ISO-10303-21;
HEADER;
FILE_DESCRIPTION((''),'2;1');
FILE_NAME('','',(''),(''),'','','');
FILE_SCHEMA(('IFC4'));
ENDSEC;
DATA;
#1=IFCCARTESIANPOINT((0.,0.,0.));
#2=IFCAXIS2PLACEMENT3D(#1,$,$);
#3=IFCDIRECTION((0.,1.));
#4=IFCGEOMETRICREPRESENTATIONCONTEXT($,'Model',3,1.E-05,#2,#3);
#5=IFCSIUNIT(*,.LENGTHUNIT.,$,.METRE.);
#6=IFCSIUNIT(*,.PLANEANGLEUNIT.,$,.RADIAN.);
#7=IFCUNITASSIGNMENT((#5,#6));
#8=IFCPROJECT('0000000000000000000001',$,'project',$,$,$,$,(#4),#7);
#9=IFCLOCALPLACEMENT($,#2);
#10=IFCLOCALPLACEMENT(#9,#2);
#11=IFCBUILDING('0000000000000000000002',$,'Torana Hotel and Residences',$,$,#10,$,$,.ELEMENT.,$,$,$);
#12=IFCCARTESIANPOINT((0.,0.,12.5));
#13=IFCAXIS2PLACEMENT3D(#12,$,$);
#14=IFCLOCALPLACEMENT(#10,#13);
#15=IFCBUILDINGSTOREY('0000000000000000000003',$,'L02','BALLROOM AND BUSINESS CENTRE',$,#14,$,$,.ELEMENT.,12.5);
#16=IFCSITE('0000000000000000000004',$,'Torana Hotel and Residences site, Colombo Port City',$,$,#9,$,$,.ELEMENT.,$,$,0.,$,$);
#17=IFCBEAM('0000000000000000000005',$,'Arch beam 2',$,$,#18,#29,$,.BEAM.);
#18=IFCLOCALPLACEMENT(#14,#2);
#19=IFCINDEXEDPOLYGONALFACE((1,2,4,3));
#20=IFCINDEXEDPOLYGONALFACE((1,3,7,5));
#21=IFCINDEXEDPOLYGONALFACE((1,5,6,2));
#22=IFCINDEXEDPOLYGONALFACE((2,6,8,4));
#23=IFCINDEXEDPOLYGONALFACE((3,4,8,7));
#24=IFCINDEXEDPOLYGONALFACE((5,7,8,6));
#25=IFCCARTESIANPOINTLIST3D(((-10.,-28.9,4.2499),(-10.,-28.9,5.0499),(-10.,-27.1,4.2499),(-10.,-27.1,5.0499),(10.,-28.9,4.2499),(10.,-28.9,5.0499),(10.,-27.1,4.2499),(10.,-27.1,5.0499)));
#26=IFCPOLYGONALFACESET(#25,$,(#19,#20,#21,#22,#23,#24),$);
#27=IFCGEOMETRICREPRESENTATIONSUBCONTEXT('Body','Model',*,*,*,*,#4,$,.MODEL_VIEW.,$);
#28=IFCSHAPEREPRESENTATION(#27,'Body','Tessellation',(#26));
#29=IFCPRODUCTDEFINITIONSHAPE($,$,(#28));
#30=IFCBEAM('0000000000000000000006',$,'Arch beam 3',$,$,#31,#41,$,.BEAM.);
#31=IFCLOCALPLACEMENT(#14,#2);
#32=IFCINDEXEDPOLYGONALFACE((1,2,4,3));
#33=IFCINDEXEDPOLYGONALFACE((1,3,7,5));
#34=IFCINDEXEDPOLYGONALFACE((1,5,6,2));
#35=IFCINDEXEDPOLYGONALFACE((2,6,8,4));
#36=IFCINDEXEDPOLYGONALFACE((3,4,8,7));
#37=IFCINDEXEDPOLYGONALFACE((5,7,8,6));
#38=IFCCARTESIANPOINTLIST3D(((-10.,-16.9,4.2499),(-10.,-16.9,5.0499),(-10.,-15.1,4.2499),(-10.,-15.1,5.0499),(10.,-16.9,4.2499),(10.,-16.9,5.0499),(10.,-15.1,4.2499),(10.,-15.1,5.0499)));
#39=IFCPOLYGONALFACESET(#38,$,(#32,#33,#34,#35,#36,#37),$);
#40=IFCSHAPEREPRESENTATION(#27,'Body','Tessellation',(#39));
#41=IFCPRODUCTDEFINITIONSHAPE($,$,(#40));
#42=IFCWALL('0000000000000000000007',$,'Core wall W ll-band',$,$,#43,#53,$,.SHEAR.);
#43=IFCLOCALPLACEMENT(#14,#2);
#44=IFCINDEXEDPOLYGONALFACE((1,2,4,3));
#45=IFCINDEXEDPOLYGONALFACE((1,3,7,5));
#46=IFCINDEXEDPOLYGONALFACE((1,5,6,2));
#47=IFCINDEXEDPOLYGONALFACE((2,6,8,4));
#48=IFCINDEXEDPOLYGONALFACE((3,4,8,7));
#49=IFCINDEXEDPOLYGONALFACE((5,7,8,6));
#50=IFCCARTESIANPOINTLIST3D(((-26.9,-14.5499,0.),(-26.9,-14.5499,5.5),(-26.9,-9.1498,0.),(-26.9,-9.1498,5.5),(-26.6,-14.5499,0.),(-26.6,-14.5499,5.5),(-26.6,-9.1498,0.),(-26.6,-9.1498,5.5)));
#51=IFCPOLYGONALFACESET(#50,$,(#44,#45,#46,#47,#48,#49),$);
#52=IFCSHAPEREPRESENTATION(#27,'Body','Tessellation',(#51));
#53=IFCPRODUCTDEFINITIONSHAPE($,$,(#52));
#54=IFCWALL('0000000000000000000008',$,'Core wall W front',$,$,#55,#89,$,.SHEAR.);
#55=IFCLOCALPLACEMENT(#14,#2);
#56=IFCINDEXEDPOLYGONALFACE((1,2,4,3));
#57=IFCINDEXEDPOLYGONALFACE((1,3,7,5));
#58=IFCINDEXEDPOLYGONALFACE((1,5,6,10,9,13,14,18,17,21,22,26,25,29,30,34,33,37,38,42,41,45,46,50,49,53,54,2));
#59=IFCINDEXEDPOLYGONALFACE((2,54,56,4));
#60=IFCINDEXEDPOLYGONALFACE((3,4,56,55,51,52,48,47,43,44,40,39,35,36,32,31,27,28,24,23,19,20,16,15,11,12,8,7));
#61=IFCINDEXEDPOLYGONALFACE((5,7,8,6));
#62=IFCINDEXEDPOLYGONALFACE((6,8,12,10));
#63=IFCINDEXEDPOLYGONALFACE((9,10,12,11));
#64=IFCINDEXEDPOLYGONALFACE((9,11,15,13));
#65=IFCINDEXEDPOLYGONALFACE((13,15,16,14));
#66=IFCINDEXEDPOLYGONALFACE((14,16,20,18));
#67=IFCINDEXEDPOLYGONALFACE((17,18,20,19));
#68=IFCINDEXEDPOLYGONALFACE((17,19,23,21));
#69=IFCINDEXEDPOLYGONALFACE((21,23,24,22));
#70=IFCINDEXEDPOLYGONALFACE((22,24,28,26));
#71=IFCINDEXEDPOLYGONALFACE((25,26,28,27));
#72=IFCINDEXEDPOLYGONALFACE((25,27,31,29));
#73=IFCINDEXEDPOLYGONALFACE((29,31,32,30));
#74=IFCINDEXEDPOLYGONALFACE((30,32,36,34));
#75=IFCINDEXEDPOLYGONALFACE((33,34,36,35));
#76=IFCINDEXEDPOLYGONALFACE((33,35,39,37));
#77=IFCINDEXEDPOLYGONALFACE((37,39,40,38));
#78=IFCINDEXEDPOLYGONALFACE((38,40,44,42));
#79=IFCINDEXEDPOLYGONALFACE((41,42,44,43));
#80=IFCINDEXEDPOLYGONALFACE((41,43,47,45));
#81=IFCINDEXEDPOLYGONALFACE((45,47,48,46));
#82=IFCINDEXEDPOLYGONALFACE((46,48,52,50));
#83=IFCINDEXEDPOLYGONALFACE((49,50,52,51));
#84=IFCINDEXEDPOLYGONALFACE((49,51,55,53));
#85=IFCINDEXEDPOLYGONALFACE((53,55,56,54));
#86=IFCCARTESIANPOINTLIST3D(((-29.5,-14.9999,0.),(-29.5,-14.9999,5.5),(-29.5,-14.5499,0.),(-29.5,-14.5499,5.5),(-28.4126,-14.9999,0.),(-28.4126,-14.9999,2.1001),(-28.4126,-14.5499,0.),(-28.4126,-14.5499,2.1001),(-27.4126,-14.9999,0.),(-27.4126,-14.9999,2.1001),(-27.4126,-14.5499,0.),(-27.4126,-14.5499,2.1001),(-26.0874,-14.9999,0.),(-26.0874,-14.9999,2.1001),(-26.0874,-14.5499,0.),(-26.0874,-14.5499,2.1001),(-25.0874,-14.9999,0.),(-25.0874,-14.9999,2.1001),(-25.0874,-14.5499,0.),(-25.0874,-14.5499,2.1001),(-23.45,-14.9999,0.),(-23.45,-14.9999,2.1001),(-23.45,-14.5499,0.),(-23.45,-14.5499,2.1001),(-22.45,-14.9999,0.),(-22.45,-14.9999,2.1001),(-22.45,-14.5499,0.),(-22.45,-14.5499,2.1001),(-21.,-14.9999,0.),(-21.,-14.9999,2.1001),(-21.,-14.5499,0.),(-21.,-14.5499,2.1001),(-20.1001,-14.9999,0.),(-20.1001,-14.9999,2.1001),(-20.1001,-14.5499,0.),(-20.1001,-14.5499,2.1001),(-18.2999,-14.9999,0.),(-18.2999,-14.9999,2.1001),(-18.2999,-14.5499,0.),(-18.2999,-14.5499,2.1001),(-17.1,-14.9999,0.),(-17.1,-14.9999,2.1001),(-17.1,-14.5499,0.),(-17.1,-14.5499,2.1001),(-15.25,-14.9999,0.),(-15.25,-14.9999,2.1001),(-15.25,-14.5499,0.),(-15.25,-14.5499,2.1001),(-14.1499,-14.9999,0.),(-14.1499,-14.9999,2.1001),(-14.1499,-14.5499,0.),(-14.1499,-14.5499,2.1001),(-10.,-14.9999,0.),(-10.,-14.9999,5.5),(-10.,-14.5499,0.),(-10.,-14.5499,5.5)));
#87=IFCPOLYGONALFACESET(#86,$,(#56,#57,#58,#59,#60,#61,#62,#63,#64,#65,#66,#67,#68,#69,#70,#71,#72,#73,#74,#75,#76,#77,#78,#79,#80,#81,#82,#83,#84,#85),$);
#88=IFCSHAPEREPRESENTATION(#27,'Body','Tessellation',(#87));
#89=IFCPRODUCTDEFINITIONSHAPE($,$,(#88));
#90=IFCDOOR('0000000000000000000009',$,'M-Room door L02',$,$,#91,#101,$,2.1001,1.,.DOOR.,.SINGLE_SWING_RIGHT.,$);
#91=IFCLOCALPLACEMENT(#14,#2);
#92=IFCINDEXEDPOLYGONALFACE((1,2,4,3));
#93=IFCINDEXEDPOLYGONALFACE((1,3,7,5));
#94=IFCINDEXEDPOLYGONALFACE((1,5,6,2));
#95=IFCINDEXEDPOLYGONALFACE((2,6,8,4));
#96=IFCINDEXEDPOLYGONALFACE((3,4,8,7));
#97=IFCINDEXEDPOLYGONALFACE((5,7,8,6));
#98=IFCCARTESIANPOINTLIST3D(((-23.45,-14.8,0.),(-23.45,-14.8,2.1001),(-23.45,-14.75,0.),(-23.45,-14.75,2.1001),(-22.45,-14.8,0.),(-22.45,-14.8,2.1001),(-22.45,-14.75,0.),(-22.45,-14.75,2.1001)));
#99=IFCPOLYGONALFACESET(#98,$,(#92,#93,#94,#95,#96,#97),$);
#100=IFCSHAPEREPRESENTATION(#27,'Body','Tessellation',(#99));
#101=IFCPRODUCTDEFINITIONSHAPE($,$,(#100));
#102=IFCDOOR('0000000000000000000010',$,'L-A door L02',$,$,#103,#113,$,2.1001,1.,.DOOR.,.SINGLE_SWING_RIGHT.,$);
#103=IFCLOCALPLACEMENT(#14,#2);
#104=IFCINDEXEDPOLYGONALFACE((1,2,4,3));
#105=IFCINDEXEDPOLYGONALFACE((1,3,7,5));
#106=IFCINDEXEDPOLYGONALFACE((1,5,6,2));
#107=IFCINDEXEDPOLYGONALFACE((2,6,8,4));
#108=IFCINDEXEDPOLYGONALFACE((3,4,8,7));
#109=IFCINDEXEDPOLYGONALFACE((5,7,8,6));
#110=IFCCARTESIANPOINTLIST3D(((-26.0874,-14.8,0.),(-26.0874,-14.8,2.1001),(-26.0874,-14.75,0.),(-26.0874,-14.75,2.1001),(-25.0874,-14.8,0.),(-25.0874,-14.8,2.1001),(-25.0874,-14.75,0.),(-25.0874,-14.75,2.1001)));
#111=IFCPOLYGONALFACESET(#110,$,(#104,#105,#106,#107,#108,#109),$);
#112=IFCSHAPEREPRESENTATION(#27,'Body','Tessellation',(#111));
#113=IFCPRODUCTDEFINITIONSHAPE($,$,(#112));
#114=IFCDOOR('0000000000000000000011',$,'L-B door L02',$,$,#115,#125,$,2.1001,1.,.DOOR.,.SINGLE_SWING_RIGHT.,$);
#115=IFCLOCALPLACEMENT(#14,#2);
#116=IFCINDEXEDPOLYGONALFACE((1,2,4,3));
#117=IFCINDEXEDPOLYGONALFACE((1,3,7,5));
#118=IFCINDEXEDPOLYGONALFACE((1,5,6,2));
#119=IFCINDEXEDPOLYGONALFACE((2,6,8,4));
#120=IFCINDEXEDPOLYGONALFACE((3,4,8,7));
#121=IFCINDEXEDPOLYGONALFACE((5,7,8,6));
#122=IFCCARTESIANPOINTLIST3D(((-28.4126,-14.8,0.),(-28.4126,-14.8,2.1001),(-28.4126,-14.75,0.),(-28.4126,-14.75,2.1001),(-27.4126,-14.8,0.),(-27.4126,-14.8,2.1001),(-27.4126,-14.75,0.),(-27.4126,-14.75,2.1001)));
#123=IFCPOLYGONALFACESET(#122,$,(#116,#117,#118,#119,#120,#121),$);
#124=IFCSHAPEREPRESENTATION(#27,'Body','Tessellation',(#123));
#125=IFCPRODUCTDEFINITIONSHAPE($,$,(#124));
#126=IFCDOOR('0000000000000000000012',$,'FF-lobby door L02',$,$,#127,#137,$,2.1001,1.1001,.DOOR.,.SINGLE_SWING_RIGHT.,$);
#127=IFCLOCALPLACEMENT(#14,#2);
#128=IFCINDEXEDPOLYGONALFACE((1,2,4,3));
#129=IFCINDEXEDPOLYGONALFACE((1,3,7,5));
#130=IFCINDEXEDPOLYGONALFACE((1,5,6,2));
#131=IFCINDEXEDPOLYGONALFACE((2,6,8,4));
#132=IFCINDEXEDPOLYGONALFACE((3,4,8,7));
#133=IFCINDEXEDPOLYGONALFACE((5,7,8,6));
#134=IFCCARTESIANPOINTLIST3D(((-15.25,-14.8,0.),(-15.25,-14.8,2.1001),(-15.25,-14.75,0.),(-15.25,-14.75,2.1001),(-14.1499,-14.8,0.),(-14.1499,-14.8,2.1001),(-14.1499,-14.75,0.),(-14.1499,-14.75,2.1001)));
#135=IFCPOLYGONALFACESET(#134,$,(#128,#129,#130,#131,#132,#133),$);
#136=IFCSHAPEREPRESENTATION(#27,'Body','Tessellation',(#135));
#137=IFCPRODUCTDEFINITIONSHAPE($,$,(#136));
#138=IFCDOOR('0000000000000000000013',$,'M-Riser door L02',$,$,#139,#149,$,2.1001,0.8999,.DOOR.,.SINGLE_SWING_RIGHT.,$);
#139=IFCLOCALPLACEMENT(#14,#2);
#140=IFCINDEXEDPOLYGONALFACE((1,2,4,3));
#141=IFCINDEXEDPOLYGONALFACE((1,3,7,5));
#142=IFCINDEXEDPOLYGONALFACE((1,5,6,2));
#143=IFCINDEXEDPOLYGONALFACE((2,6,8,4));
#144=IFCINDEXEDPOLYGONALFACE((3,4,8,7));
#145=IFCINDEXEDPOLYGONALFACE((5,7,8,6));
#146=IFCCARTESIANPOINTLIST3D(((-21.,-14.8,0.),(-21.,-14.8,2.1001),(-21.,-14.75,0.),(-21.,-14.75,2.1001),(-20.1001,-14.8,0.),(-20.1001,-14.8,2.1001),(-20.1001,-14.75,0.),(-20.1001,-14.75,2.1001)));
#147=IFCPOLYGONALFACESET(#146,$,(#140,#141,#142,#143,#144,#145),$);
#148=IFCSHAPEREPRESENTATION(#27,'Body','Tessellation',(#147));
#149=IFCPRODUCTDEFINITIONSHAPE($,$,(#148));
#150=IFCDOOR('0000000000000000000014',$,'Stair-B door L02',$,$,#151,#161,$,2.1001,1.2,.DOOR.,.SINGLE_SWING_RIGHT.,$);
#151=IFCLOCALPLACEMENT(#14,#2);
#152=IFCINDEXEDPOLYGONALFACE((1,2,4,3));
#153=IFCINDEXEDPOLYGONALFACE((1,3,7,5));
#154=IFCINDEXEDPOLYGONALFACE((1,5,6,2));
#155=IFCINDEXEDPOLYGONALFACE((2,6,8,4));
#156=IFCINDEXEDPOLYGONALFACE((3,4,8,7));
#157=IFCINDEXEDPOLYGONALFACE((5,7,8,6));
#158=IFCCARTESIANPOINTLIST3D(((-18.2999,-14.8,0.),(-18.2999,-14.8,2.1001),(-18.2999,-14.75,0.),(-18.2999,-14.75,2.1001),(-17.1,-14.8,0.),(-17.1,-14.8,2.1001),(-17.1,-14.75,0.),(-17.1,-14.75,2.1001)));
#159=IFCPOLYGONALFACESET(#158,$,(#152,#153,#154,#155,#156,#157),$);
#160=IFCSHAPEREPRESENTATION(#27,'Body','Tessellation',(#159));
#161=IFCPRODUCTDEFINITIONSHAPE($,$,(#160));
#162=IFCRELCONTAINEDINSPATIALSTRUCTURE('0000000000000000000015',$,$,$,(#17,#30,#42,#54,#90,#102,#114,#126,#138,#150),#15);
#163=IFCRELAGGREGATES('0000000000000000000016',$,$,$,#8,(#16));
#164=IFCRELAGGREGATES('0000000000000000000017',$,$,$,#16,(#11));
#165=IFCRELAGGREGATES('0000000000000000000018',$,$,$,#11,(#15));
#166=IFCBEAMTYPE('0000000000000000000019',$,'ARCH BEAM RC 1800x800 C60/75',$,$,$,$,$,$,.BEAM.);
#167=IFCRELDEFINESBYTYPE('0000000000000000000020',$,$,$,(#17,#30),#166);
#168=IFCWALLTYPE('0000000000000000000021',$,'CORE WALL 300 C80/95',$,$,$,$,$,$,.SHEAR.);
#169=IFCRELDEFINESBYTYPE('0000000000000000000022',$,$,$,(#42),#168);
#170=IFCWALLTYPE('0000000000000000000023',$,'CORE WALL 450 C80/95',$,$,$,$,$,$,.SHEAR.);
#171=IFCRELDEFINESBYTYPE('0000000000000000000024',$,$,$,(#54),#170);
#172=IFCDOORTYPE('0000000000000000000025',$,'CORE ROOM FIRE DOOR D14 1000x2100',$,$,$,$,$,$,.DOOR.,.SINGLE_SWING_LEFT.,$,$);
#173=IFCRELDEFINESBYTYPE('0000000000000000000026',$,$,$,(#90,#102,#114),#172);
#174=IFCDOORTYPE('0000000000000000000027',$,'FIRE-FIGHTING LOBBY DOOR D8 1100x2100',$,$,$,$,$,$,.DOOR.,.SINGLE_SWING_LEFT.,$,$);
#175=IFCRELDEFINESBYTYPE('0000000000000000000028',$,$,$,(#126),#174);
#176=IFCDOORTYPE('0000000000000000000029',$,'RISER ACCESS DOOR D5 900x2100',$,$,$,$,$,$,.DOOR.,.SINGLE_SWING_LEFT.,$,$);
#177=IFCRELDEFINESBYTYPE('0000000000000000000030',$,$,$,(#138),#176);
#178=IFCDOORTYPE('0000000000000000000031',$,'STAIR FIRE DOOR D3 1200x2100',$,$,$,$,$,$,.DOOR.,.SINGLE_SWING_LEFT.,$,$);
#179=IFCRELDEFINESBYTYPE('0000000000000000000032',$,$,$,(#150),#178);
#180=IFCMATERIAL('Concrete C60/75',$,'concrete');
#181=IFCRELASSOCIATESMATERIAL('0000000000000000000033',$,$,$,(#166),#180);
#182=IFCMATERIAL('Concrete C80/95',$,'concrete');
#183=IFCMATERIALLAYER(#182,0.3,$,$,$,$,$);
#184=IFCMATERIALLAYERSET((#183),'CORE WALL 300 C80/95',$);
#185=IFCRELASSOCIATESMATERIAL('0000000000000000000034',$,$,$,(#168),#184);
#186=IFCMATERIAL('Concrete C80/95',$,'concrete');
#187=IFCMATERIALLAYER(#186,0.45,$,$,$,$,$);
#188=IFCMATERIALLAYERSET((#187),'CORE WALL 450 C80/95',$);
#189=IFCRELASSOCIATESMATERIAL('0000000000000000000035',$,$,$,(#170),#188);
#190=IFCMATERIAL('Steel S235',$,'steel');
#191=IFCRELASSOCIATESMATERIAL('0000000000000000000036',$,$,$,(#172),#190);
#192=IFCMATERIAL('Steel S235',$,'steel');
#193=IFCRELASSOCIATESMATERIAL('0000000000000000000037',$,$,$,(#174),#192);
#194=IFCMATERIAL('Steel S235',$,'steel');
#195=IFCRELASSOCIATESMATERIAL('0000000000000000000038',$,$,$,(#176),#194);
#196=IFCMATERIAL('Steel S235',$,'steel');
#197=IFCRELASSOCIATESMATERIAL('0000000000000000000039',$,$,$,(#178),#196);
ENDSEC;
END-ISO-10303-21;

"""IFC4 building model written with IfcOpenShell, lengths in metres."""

from ifc_helpers import new_model, si_unit, direction, frame, frame_2d, origin, origin_2d, place, context, subcontext, project, spatial, rectangle, extrude, material, layer, layer_set, material_profile, profile_set, type_object, element, fill, save


model = new_model("IFC4")

# Units and contexts
model_context = context("Model", 3, precision=1e-05, world=origin(), true_north=direction((0.0, 1.0)))
body_context = subcontext(model_context, "Body", "Model", "MODEL_VIEW")
ifc_project = project(units=[si_unit("LENGTHUNIT", "METRE"), si_unit("PLANEANGLEUNIT", "RADIAN")], contexts=[model_context])

# Site, building, storey
site_placement = place(None, origin())
site = spatial("IfcSite", under=ifc_project, at=site_placement, Name="Torana Hotel and Residences site, Colombo Port City", CompositionType="ELEMENT", RefElevation=0.0)
building_placement = place(site_placement, origin())
building = spatial("IfcBuilding", under=site, at=building_placement, Name="Torana Hotel and Residences", CompositionType="ELEMENT")
storey_placement = place(building_placement, frame((0.0, 0.0, 12.5)))
storey = spatial("IfcBuildingStorey", under=building, at=storey_placement, Name="L02", Description="BALLROOM AND BUSINESS CENTRE", CompositionType="ELEMENT", Elevation=12.5)

# Beams
ifc_material_1 = material(Name="Concrete C60/75", Category="concrete")
ifc_material_profile_1 = material_profile(ifc_material_1, rectangle(XDim=1.8, YDim=0.8, at=origin_2d()), Name="RC 1800x800")
ifc_profile_set_1 = profile_set([ifc_material_profile_1], Name="Concrete C60/75")
beam_type = type_object("IfcBeamType", Name="ARCH BEAM RC 1800x800 C60/75", PredefinedType="BEAM", material=ifc_profile_set_1)
for number, where, z_axis, x_axis, name in (
    (1, (-10.0, -28.0, 4.6499), (1.0, 0.0, 0.0), (0.0, 1.0, 0.0), "Arch beam 2"),
    (2, (-10.0, -16.0, 4.6499), (1.0, 0.0, 0.0), (0.0, 1.0, 0.0), "Arch beam 3"),
):
    element("IfcBeam", number, at=place(storey_placement, frame(where, z_axis=z_axis, x_axis=x_axis)), inside=storey, type_object=beam_type, Name=name, PredefinedType="BEAM", context=body_context, shape_type="SweptSolid", body=[
        extrude(rectangle(XDim=1.8, YDim=0.8, at=origin_2d()), origin(), (0.0, 0.0, 1.0), 20.0),
    ])

# Wall
ifc_material_2 = material(Name="Concrete C80/95", Category="concrete")
ifc_layer_1 = layer(ifc_material_2, 0.3)
ifc_layer_set_1 = layer_set([ifc_layer_1], Name="CORE WALL 300 C80/95")
wall_type_1 = type_object("IfcWallType", Name="CORE WALL 300 C80/95", PredefinedType="SHEAR", material=ifc_layer_set_1)
wall_1_placement = place(storey_placement, frame((-26.75, -14.55, 0.0), z_axis=(0.0, 0.0, 1.0), x_axis=(0.0, 1.0, 0.0)))
element("IfcWall", 3, at=wall_1_placement, inside=storey, type_object=wall_type_1, Name="Core wall W ll-band", PredefinedType="SHEAR", context=body_context, shape_type="SweptSolid", body=[
    extrude(rectangle(XDim=5.4001, YDim=0.3, at=frame_2d((2.7002, 0.0))), origin(), (0.0, 0.0, 1.0), 5.5),
])

# Wall, openings, doors
ifc_material_3 = material(Name="Concrete C80/95", Category="concrete")
ifc_layer_2 = layer(ifc_material_3, 0.45)
ifc_layer_set_2 = layer_set([ifc_layer_2], Name="CORE WALL 450 C80/95")
wall_type_2 = type_object("IfcWallType", Name="CORE WALL 450 C80/95", PredefinedType="SHEAR", material=ifc_layer_set_2)
wall_2_placement = place(storey_placement, frame((-29.5, -14.7749, 0.0), z_axis=(0.0, 0.0, 1.0), x_axis=(1.0, 0.0, 0.0)))
wall_2 = element("IfcWall", 4, at=wall_2_placement, inside=storey, type_object=wall_type_2, Name="Core wall W front", PredefinedType="SHEAR", context=body_context, shape_type="SweptSolid", body=[
    extrude(rectangle(XDim=19.5, YDim=0.45, at=frame_2d((9.75, 0.0))), origin(), (0.0, 0.0, 1.0), 5.5),
])
opening_1_placement = place(wall_2_placement, frame((11.2, 0.0, 0.0)))
opening_1 = element("IfcOpeningElement", 5, at=opening_1_placement, cuts=wall_2, PredefinedType="OPENING", context=body_context, shape_type="SweptSolid", body=[
    extrude(rectangle(XDim=1.2, YDim=2.1001, at=frame_2d((0.6001, 1.05))), frame((0.0, 0.2349, 0.0), z_axis=(0.0, -1.0, 0.0), x_axis=(1.0, 0.0, 0.0)), (0.0, 0.0, 1.0), 0.47),
])
opening_2_placement = place(wall_2_placement, frame((14.25, 0.0, 0.0)))
opening_2 = element("IfcOpeningElement", 6, at=opening_2_placement, cuts=wall_2, PredefinedType="OPENING", context=body_context, shape_type="SweptSolid", body=[
    extrude(rectangle(XDim=1.1001, YDim=2.1001, at=frame_2d((0.55, 1.05))), frame((0.0, 0.2349, 0.0), z_axis=(0.0, -1.0, 0.0), x_axis=(1.0, 0.0, 0.0)), (0.0, 0.0, 1.0), 0.47),
])
opening_3_placement = place(wall_2_placement, frame((8.5, 0.0, 0.0)))
opening_3 = element("IfcOpeningElement", 7, at=opening_3_placement, cuts=wall_2, PredefinedType="OPENING", context=body_context, shape_type="SweptSolid", body=[
    extrude(rectangle(XDim=0.8999, YDim=2.1001, at=frame_2d((0.45, 1.05))), frame((0.0, 0.2349, 0.0), z_axis=(0.0, -1.0, 0.0), x_axis=(1.0, 0.0, 0.0)), (0.0, 0.0, 1.0), 0.47),
])
opening_4_placement = place(wall_2_placement, frame((6.05, 0.0, 0.0)))
opening_4 = element("IfcOpeningElement", 8, at=opening_4_placement, cuts=wall_2, PredefinedType="OPENING", context=body_context, shape_type="SweptSolid", body=[
    extrude(rectangle(XDim=1.0, YDim=2.1001, at=frame_2d((0.5, 1.05))), frame((0.0, 0.2349, 0.0), z_axis=(0.0, -1.0, 0.0), x_axis=(1.0, 0.0, 0.0)), (0.0, 0.0, 1.0), 0.47),
])
opening_5_placement = place(wall_2_placement, frame((3.4126, 0.0, 0.0)))
opening_5 = element("IfcOpeningElement", 9, at=opening_5_placement, cuts=wall_2, PredefinedType="OPENING", context=body_context, shape_type="SweptSolid", body=[
    extrude(rectangle(XDim=1.0, YDim=2.1001, at=frame_2d((0.5, 1.05))), frame((0.0, 0.2349, 0.0), z_axis=(0.0, -1.0, 0.0), x_axis=(1.0, 0.0, 0.0)), (0.0, 0.0, 1.0), 0.47),
])
opening_6_placement = place(wall_2_placement, frame((1.0874, 0.0, 0.0)))
opening_6 = element("IfcOpeningElement", 10, at=opening_6_placement, cuts=wall_2, PredefinedType="OPENING", context=body_context, shape_type="SweptSolid", body=[
    extrude(rectangle(XDim=1.0, YDim=2.1001, at=frame_2d((0.5, 1.05))), frame((0.0, 0.2349, 0.0), z_axis=(0.0, -1.0, 0.0), x_axis=(1.0, 0.0, 0.0)), (0.0, 0.0, 1.0), 0.47),
])
ifc_material_4 = material(Name="Steel S235", Category="steel")
door_type_1 = type_object("IfcDoorType", Name="CORE ROOM FIRE DOOR D14 1000x2100", OperationType="SINGLE_SWING_LEFT", PredefinedType="DOOR", material=ifc_material_4)
door_1_placement = place(opening_4_placement, origin())
door_1 = element("IfcDoor", 11, at=door_1_placement, inside=storey, type_object=door_type_1, Name="M-Room door L02", OperationType="SINGLE_SWING_RIGHT", OverallHeight=2.1001, OverallWidth=1.0, PredefinedType="DOOR", context=body_context, shape_type="SweptSolid", body=[
    extrude(rectangle(XDim=1.0, YDim=2.1001, at=frame_2d((0.5, 1.05))), frame((0.0, 0.0249, 0.0), z_axis=(0.0, -1.0, 0.0), x_axis=(1.0, 0.0, 0.0)), (0.0, 0.0, 1.0), 0.05),
])
fill(opening_4, door_1)
door_2_placement = place(opening_5_placement, origin())
door_2 = element("IfcDoor", 12, at=door_2_placement, inside=storey, type_object=door_type_1, Name="L-A door L02", OperationType="SINGLE_SWING_RIGHT", OverallHeight=2.1001, OverallWidth=1.0, PredefinedType="DOOR", context=body_context, shape_type="SweptSolid", body=[
    extrude(rectangle(XDim=1.0, YDim=2.1001, at=frame_2d((0.5, 1.05))), frame((0.0, 0.0249, 0.0), z_axis=(0.0, -1.0, 0.0), x_axis=(1.0, 0.0, 0.0)), (0.0, 0.0, 1.0), 0.05),
])
fill(opening_5, door_2)
door_3_placement = place(opening_6_placement, origin())
door_3 = element("IfcDoor", 13, at=door_3_placement, inside=storey, type_object=door_type_1, Name="L-B door L02", OperationType="SINGLE_SWING_RIGHT", OverallHeight=2.1001, OverallWidth=1.0, PredefinedType="DOOR", context=body_context, shape_type="SweptSolid", body=[
    extrude(rectangle(XDim=1.0, YDim=2.1001, at=frame_2d((0.5, 1.05))), frame((0.0, 0.0249, 0.0), z_axis=(0.0, -1.0, 0.0), x_axis=(1.0, 0.0, 0.0)), (0.0, 0.0, 1.0), 0.05),
])
fill(opening_6, door_3)
ifc_material_5 = material(Name="Steel S235", Category="steel")
door_type_2 = type_object("IfcDoorType", Name="FIRE-FIGHTING LOBBY DOOR D8 1100x2100", OperationType="SINGLE_SWING_LEFT", PredefinedType="DOOR", material=ifc_material_5)
door_4_placement = place(opening_2_placement, origin())
door_4 = element("IfcDoor", 14, at=door_4_placement, inside=storey, type_object=door_type_2, Name="FF-lobby door L02", OperationType="SINGLE_SWING_RIGHT", OverallHeight=2.1001, OverallWidth=1.1001, PredefinedType="DOOR", context=body_context, shape_type="SweptSolid", body=[
    extrude(rectangle(XDim=1.1001, YDim=2.1001, at=frame_2d((0.55, 1.05))), frame((0.0, 0.0249, 0.0), z_axis=(0.0, -1.0, 0.0), x_axis=(1.0, 0.0, 0.0)), (0.0, 0.0, 1.0), 0.05),
])
fill(opening_2, door_4)
ifc_material_6 = material(Name="Steel S235", Category="steel")
door_type_3 = type_object("IfcDoorType", Name="RISER ACCESS DOOR D5 900x2100", OperationType="SINGLE_SWING_LEFT", PredefinedType="DOOR", material=ifc_material_6)
door_5_placement = place(opening_3_placement, origin())
door_5 = element("IfcDoor", 15, at=door_5_placement, inside=storey, type_object=door_type_3, Name="M-Riser door L02", OperationType="SINGLE_SWING_RIGHT", OverallHeight=2.1001, OverallWidth=0.8999, PredefinedType="DOOR", context=body_context, shape_type="SweptSolid", body=[
    extrude(rectangle(XDim=0.8999, YDim=2.1001, at=frame_2d((0.45, 1.05))), frame((0.0, 0.0249, 0.0), z_axis=(0.0, -1.0, 0.0), x_axis=(1.0, 0.0, 0.0)), (0.0, 0.0, 1.0), 0.05),
])
fill(opening_3, door_5)
ifc_material_7 = material(Name="Steel S235", Category="steel")
door_type_4 = type_object("IfcDoorType", Name="STAIR FIRE DOOR D3 1200x2100", OperationType="SINGLE_SWING_LEFT", PredefinedType="DOOR", material=ifc_material_7)
door_6_placement = place(opening_1_placement, origin())
door_6 = element("IfcDoor", 16, at=door_6_placement, inside=storey, type_object=door_type_4, Name="Stair-B door L02", OperationType="SINGLE_SWING_RIGHT", OverallHeight=2.1001, OverallWidth=1.2, PredefinedType="DOOR", context=body_context, shape_type="SweptSolid", body=[
    extrude(rectangle(XDim=1.2, YDim=2.1001, at=frame_2d((0.6001, 1.05))), frame((0.0, 0.0249, 0.0), z_axis=(0.0, -1.0, 0.0), x_axis=(1.0, 0.0, 0.0)), (0.0, 0.0, 1.0), 0.05),
])
fill(opening_1, door_6)

save(model, "model.ifc")
